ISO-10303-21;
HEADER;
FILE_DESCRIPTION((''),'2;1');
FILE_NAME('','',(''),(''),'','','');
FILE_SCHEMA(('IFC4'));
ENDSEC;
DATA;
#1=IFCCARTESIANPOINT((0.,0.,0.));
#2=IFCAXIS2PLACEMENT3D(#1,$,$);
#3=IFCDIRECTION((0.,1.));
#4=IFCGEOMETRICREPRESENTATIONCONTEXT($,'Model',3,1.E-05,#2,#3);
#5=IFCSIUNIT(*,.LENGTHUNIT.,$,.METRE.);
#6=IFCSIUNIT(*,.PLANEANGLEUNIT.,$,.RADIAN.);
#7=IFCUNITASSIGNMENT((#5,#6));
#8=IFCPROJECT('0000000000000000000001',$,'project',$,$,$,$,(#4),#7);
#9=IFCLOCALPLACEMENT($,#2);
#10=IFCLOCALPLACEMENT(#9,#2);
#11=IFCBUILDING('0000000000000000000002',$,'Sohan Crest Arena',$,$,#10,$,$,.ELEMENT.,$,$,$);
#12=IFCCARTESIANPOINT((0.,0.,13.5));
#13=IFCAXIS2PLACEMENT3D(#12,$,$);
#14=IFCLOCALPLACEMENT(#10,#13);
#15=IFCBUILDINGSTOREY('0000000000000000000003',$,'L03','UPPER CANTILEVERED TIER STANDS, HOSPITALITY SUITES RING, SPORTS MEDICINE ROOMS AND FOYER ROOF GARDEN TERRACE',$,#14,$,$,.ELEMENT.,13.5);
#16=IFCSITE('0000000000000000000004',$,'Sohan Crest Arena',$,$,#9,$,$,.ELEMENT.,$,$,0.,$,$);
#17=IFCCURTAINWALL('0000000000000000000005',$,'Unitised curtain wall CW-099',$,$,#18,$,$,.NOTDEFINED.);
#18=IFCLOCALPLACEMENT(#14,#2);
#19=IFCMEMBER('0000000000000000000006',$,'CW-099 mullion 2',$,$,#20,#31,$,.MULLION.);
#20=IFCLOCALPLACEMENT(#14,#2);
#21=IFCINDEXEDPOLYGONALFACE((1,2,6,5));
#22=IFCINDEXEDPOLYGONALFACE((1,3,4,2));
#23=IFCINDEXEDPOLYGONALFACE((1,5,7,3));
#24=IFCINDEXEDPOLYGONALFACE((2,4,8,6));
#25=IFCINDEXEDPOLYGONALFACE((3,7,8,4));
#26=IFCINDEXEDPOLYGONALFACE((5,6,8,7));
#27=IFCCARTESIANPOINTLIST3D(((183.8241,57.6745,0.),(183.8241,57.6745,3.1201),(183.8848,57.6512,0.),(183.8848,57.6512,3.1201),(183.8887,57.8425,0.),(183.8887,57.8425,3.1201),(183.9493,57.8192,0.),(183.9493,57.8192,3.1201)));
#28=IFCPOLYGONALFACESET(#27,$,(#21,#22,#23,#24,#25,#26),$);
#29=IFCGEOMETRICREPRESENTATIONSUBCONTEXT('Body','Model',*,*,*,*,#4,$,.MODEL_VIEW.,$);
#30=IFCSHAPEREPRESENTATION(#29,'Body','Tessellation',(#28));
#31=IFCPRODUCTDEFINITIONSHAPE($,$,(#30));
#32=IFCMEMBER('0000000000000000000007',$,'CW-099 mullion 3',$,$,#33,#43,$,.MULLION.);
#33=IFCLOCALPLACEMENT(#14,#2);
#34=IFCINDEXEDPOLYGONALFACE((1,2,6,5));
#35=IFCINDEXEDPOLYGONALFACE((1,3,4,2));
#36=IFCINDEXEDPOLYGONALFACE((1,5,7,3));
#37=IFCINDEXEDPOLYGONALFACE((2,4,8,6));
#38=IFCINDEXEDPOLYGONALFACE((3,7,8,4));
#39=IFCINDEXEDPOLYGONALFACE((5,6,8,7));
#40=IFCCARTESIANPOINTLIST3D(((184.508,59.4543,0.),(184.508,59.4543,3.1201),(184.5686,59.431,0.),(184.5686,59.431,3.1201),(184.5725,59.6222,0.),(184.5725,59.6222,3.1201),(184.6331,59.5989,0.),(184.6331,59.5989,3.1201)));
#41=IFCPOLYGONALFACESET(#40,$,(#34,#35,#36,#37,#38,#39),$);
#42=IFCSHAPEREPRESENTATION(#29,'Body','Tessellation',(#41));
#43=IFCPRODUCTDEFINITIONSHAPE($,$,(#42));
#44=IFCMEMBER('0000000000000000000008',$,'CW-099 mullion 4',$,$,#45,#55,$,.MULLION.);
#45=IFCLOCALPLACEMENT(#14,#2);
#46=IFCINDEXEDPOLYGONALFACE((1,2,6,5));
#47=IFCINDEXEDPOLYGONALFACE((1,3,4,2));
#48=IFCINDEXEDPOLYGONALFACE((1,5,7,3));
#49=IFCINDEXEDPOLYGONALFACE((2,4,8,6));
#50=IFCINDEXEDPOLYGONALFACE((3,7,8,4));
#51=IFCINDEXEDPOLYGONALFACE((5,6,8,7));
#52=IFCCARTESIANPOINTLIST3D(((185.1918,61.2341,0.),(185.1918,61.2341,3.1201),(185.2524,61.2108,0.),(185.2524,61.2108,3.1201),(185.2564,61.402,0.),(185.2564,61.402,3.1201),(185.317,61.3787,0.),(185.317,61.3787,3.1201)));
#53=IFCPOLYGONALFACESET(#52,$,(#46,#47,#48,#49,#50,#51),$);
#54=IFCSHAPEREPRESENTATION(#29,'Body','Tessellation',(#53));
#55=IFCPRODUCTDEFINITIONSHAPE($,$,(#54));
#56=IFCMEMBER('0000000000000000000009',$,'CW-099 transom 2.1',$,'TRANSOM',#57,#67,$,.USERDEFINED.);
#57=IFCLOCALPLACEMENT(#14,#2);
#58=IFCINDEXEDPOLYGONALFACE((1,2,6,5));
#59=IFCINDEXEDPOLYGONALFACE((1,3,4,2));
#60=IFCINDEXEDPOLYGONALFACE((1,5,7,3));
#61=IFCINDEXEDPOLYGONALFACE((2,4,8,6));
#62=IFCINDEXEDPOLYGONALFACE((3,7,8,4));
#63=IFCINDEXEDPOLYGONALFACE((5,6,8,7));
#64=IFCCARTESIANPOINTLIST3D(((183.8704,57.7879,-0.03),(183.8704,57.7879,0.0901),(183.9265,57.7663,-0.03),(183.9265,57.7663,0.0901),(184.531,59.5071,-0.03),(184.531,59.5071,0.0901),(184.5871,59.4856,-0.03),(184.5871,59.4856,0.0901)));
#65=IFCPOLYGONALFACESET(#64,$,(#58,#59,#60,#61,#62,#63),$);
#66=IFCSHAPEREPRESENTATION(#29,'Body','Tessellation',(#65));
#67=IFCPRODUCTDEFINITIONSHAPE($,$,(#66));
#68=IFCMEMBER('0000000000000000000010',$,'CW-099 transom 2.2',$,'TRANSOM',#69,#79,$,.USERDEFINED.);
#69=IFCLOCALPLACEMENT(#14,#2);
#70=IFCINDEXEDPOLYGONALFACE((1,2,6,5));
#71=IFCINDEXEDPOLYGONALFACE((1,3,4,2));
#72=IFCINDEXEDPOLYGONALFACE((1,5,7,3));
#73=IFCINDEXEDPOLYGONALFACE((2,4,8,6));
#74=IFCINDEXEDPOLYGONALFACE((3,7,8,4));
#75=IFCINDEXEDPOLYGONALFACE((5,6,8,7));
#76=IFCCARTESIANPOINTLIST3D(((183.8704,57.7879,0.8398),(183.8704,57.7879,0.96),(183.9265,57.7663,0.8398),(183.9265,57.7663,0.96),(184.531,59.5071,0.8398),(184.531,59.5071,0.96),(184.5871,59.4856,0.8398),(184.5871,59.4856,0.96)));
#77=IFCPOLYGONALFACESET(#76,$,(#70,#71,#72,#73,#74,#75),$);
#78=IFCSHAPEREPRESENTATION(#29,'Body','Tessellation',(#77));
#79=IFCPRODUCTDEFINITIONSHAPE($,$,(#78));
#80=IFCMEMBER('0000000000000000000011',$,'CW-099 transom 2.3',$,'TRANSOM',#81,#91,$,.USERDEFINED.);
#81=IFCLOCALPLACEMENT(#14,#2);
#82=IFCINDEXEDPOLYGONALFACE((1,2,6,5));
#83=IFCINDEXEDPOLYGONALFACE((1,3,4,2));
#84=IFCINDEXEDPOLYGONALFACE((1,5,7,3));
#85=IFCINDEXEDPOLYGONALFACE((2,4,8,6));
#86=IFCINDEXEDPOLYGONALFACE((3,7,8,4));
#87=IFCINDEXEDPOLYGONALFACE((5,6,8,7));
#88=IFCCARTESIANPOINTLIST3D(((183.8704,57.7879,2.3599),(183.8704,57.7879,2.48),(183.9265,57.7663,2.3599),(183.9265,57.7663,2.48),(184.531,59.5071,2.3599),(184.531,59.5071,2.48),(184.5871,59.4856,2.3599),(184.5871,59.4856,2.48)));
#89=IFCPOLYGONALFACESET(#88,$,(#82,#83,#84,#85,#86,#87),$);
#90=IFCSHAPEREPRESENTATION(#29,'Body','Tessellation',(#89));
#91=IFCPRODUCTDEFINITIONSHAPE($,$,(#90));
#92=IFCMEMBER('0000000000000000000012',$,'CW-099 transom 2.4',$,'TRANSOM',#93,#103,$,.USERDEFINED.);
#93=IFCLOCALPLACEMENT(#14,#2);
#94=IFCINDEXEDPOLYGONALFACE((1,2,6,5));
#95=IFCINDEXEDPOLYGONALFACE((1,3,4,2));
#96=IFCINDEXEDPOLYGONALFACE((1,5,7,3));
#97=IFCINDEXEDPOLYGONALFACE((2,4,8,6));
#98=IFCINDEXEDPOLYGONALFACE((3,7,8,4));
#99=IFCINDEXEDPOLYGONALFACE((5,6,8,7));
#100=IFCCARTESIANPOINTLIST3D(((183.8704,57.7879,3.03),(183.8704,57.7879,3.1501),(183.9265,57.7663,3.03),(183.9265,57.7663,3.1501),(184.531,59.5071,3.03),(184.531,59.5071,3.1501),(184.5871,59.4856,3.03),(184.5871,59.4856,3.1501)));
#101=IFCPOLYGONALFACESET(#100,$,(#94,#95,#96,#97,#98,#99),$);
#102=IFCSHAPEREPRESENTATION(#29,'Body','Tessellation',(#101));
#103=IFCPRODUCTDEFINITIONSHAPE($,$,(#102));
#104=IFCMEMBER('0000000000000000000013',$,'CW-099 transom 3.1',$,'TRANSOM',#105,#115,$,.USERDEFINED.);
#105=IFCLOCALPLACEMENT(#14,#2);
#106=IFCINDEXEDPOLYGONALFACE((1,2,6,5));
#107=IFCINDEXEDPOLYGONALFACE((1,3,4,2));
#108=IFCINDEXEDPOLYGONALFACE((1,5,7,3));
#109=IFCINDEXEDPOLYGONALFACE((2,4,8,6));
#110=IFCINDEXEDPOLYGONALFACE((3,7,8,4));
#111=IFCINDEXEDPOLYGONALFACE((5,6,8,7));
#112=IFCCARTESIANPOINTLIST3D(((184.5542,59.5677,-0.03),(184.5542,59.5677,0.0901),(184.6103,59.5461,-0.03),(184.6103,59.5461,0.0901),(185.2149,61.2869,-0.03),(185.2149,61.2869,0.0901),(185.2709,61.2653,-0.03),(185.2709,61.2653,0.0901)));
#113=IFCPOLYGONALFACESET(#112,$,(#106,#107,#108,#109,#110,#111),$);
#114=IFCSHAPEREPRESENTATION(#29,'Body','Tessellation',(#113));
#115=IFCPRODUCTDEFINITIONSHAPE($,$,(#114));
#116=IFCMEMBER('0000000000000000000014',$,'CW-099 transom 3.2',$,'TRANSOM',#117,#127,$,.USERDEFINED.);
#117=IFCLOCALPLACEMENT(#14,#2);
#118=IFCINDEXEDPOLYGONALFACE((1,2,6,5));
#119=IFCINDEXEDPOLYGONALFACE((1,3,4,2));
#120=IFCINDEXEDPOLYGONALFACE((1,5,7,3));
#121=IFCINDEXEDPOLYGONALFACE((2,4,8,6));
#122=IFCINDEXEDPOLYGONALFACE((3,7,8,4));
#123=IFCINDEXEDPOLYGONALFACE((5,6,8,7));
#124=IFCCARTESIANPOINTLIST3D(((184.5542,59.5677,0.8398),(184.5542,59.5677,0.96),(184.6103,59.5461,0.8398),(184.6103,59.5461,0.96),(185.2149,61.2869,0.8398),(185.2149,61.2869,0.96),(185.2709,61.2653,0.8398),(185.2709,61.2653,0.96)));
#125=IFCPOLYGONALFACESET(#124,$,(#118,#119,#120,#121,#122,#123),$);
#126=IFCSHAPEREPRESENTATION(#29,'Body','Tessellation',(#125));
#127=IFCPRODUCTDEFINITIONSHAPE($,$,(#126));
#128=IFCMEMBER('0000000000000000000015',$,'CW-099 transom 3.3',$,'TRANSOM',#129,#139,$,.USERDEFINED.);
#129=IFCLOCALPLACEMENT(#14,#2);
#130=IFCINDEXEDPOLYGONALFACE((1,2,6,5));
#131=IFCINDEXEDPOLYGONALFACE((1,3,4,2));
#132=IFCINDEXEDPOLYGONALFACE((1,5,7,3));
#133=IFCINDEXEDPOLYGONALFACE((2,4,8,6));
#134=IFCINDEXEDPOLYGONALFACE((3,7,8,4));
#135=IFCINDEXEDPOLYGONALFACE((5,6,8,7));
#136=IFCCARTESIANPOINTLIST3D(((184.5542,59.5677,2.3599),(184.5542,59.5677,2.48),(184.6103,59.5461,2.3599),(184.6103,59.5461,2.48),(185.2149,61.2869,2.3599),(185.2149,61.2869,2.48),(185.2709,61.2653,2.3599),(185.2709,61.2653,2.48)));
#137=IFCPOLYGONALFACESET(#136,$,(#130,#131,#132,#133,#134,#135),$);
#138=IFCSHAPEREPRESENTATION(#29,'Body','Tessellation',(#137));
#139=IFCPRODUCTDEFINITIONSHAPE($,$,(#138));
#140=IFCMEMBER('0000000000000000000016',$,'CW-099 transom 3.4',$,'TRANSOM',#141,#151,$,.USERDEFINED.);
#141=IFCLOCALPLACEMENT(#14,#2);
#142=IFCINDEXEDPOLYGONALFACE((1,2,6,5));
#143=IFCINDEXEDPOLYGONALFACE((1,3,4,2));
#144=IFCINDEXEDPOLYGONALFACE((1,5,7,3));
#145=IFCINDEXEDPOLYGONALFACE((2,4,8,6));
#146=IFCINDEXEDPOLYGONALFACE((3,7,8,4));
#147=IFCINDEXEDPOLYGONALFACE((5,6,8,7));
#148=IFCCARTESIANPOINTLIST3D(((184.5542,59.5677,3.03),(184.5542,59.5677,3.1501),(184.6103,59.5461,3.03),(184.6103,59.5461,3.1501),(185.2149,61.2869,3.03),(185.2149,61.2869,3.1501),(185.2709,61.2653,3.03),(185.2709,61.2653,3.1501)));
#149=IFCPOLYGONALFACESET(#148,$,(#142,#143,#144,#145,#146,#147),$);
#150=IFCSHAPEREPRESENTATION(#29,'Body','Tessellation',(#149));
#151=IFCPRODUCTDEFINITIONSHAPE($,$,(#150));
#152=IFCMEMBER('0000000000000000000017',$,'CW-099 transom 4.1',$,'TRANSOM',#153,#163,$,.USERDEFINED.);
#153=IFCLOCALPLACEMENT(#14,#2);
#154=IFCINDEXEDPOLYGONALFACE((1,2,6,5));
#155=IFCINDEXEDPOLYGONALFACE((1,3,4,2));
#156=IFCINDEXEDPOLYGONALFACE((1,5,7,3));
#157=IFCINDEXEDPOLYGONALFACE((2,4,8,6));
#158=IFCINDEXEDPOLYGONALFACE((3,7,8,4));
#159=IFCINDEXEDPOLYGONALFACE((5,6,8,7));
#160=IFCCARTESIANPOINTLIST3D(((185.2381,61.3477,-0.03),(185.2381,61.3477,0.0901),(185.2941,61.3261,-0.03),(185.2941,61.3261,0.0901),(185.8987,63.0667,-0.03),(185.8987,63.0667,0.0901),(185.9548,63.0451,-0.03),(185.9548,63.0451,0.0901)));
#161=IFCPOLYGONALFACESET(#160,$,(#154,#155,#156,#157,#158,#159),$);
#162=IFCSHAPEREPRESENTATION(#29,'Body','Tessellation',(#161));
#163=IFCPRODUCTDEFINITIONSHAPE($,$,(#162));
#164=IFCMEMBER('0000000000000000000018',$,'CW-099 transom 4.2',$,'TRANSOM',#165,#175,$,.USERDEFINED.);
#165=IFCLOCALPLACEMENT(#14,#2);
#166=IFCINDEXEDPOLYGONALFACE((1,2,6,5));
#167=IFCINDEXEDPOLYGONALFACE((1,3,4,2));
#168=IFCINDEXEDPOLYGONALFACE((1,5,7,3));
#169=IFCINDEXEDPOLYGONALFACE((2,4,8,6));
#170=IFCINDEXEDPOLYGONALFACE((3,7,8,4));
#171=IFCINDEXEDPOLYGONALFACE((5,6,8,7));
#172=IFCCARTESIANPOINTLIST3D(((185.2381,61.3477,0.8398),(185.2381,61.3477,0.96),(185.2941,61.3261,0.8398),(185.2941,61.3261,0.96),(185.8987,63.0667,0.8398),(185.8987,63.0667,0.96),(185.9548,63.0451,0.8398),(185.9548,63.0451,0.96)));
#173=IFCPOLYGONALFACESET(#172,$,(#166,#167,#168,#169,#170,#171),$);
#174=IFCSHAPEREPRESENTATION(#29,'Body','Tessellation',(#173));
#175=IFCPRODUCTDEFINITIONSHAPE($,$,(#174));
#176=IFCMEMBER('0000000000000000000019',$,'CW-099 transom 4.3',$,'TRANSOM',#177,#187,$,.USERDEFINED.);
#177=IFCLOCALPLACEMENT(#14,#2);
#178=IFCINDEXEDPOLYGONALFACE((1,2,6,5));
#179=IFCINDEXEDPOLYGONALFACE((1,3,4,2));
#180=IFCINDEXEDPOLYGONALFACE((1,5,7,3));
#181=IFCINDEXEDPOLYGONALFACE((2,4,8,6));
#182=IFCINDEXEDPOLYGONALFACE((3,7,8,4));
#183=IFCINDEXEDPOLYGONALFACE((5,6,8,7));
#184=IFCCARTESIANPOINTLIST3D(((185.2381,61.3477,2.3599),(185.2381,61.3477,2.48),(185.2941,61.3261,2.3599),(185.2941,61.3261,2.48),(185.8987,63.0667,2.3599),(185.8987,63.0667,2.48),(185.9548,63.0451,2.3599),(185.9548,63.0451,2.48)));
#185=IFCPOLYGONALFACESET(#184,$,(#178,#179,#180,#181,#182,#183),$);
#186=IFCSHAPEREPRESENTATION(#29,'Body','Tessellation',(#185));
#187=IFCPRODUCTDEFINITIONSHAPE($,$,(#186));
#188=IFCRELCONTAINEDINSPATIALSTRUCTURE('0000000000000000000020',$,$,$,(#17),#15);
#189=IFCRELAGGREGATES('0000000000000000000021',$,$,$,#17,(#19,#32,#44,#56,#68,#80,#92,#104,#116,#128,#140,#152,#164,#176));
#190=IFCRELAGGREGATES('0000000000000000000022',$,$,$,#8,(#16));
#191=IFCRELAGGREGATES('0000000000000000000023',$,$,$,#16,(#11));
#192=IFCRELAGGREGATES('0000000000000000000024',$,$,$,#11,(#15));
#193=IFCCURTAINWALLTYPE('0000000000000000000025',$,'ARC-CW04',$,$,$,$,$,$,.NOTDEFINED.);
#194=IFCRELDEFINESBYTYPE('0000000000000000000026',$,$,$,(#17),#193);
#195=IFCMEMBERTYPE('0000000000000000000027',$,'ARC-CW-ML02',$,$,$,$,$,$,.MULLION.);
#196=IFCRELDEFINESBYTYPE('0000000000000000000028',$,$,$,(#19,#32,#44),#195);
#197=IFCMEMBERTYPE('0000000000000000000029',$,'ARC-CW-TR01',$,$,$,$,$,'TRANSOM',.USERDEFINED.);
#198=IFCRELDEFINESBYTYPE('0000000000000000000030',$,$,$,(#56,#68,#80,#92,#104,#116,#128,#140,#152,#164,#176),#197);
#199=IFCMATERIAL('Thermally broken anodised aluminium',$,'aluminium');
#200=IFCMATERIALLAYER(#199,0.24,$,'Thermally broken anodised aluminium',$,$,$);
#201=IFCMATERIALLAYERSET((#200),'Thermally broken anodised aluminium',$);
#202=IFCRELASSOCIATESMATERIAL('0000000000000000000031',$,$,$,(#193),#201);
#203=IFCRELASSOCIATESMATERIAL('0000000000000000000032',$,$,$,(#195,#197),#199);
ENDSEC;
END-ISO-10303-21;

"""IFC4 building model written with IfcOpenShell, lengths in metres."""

from ifc_helpers import new_model, si_unit, direction, frame, origin, origin_2d, place, context, subcontext, project, spatial, rectangle, extrude, material, layer, layer_set, material_profile, profile_set, type_object, element, aggregate, save


model = new_model("IFC4")

# Units and contexts
model_context = context("Model", 3, precision=1e-05, world=origin(), true_north=direction((0.0, 1.0)))
body_context = subcontext(model_context, "Body", "Model", "MODEL_VIEW")
ifc_project = project(units=[si_unit("LENGTHUNIT", "METRE"), si_unit("PLANEANGLEUNIT", "RADIAN")], contexts=[model_context])

# Site, building, storey
site_placement = place(None, origin())
site = spatial("IfcSite", under=ifc_project, at=site_placement, Name="Sohan Crest Arena", CompositionType="ELEMENT", RefElevation=0.0)
building_placement = place(site_placement, origin())
building = spatial("IfcBuilding", under=site, at=building_placement, Name="Sohan Crest Arena", CompositionType="ELEMENT")
storey_placement = place(building_placement, frame((0.0, 0.0, 13.5)))
storey = spatial("IfcBuildingStorey", under=building, at=storey_placement, Name="L03", Description="UPPER CANTILEVERED TIER STANDS, HOSPITALITY SUITES RING, SPORTS MEDICINE ROOMS AND FOYER ROOF GARDEN TERRACE", CompositionType="ELEMENT", Elevation=13.5)

# Curtain wall, members
ifc_material_1 = material(Name="Thermally broken anodised aluminium", Category="aluminium")
ifc_layer_1 = layer(ifc_material_1, 0.24, Name="Thermally broken anodised aluminium")
ifc_layer_set_1 = layer_set([ifc_layer_1], Name="Thermally broken anodised aluminium")
curtain_wall_type = type_object("IfcCurtainWallType", Name="ARC-CW04", PredefinedType="NOTDEFINED", material=ifc_layer_set_1)
curtain_wall_placement = place(storey_placement, origin())
curtain_wall = element("IfcCurtainWall", 1, at=curtain_wall_placement, inside=storey, type_object=curtain_wall_type, Name="Unitised curtain wall CW-099", PredefinedType="NOTDEFINED")
ifc_material_profile_1 = material_profile(ifc_material_1, rectangle(XDim=0.0649, YDim=0.1799, at=origin_2d()), Name="ALU-MULL 65x180")
ifc_profile_set_1 = profile_set([ifc_material_profile_1], Name="Thermally broken anodised aluminium")
member_type_1 = type_object("IfcMemberType", Name="ARC-CW-ML02", PredefinedType="MULLION", material=ifc_profile_set_1)
member_1_placement = place(storey_placement, frame((183.8867, 57.7468, 0.0), z_axis=(0.0, 0.0, 1.0), x_axis=(-0.933472, 0.358651, 0.0)))
member_1 = element("IfcMember", 2, at=member_1_placement, type_object=member_type_1, Name="CW-099 mullion 2", PredefinedType="MULLION", context=body_context, shape_type="SweptSolid", body=[
    extrude(rectangle(XDim=0.0649, YDim=0.1799, at=origin_2d()), origin(), (0.0, 0.0, 1.0), 3.1201),
])
member_2_placement = place(storey_placement, frame((184.5706, 59.5266, 0.0), z_axis=(0.0, 0.0, 1.0), x_axis=(-0.933472, 0.358651, 0.0)))
member_2 = element("IfcMember", 3, at=member_2_placement, type_object=member_type_1, Name="CW-099 mullion 3", PredefinedType="MULLION", context=body_context, shape_type="SweptSolid", body=[
    extrude(rectangle(XDim=0.0649, YDim=0.1799, at=origin_2d()), origin(), (0.0, 0.0, 1.0), 3.1201),
])
member_3_placement = place(storey_placement, frame((185.2544, 61.3064, 0.0), z_axis=(0.0, 0.0, 1.0), x_axis=(-0.933472, 0.358651, 0.0)))
member_3 = element("IfcMember", 4, at=member_3_placement, type_object=member_type_1, Name="CW-099 mullion 4", PredefinedType="MULLION", context=body_context, shape_type="SweptSolid", body=[
    extrude(rectangle(XDim=0.0649, YDim=0.1799, at=origin_2d()), origin(), (0.0, 0.0, 1.0), 3.1201),
])
ifc_material_profile_2 = material_profile(ifc_material_1, rectangle(XDim=0.0601, YDim=0.1201, at=origin_2d()), Name="ALU-TRAN 60x120")
ifc_profile_set_2 = profile_set([ifc_material_profile_2], Name="Thermally broken anodised aluminium")
member_type_2 = type_object("IfcMemberType", Name="ARC-CW-TR01", ElementType="TRANSOM", PredefinedType="USERDEFINED", material=ifc_profile_set_2)
member_4_placement = place(storey_placement, frame((183.8984, 57.7771, 0.03), z_axis=(0.358695, 0.933455, 0.0), x_axis=(-0.933455, 0.358695, 0.0)))
member_4 = element("IfcMember", 5, at=member_4_placement, type_object=member_type_2, Name="CW-099 transom 2.1", ObjectType="TRANSOM", PredefinedType="USERDEFINED", context=body_context, shape_type="SweptSolid", body=[
    extrude(rectangle(XDim=0.0601, YDim=0.1201, at=origin_2d()), origin(), (0.0, 0.0, 1.0), 1.8418),
])
member_5_placement = place(storey_placement, frame((183.8984, 57.7771, 0.8999), z_axis=(0.358695, 0.933455, 0.0), x_axis=(-0.933455, 0.358695, 0.0)))
member_5 = element("IfcMember", 6, at=member_5_placement, type_object=member_type_2, Name="CW-099 transom 2.2", ObjectType="TRANSOM", PredefinedType="USERDEFINED", context=body_context, shape_type="SweptSolid", body=[
    extrude(rectangle(XDim=0.0601, YDim=0.1201, at=origin_2d()), origin(), (0.0, 0.0, 1.0), 1.8418),
])
member_6_placement = place(storey_placement, frame((183.8984, 57.7771, 2.4199), z_axis=(0.358695, 0.933455, 0.0), x_axis=(-0.933455, 0.358695, 0.0)))
member_6 = element("IfcMember", 7, at=member_6_placement, type_object=member_type_2, Name="CW-099 transom 2.3", ObjectType="TRANSOM", PredefinedType="USERDEFINED", context=body_context, shape_type="SweptSolid", body=[
    extrude(rectangle(XDim=0.0601, YDim=0.1201, at=origin_2d()), origin(), (0.0, 0.0, 1.0), 1.8418),
])
member_7_placement = place(storey_placement, frame((183.8984, 57.7771, 3.0901), z_axis=(0.358695, 0.933455, 0.0), x_axis=(-0.933455, 0.358695, 0.0)))
member_7 = element("IfcMember", 8, at=member_7_placement, type_object=member_type_2, Name="CW-099 transom 2.4", ObjectType="TRANSOM", PredefinedType="USERDEFINED", context=body_context, shape_type="SweptSolid", body=[
    extrude(rectangle(XDim=0.0601, YDim=0.1201, at=origin_2d()), origin(), (0.0, 0.0, 1.0), 1.8418),
])
member_8_placement = place(storey_placement, frame((184.5823, 59.5569, 0.03), z_axis=(0.358695, 0.933455, 0.0), x_axis=(-0.933455, 0.358695, 0.0)))
member_8 = element("IfcMember", 9, at=member_8_placement, type_object=member_type_2, Name="CW-099 transom 3.1", ObjectType="TRANSOM", PredefinedType="USERDEFINED", context=body_context, shape_type="SweptSolid", body=[
    extrude(rectangle(XDim=0.0601, YDim=0.1201, at=origin_2d()), origin(), (0.0, 0.0, 1.0), 1.8418),
])
member_9_placement = place(storey_placement, frame((184.5823, 59.5569, 0.8999), z_axis=(0.358695, 0.933455, 0.0), x_axis=(-0.933455, 0.358695, 0.0)))
member_9 = element("IfcMember", 10, at=member_9_placement, type_object=member_type_2, Name="CW-099 transom 3.2", ObjectType="TRANSOM", PredefinedType="USERDEFINED", context=body_context, shape_type="SweptSolid", body=[
    extrude(rectangle(XDim=0.0601, YDim=0.1201, at=origin_2d()), origin(), (0.0, 0.0, 1.0), 1.8418),
])
member_10_placement = place(storey_placement, frame((184.5823, 59.5569, 2.4199), z_axis=(0.358695, 0.933455, 0.0), x_axis=(-0.933455, 0.358695, 0.0)))
member_10 = element("IfcMember", 11, at=member_10_placement, type_object=member_type_2, Name="CW-099 transom 3.3", ObjectType="TRANSOM", PredefinedType="USERDEFINED", context=body_context, shape_type="SweptSolid", body=[
    extrude(rectangle(XDim=0.0601, YDim=0.1201, at=origin_2d()), origin(), (0.0, 0.0, 1.0), 1.8418),
])
member_11_placement = place(storey_placement, frame((184.5823, 59.5569, 3.0901), z_axis=(0.358695, 0.933455, 0.0), x_axis=(-0.933455, 0.358695, 0.0)))
member_11 = element("IfcMember", 12, at=member_11_placement, type_object=member_type_2, Name="CW-099 transom 3.4", ObjectType="TRANSOM", PredefinedType="USERDEFINED", context=body_context, shape_type="SweptSolid", body=[
    extrude(rectangle(XDim=0.0601, YDim=0.1201, at=origin_2d()), origin(), (0.0, 0.0, 1.0), 1.8418),
])
member_12_placement = place(storey_placement, frame((185.2661, 61.3369, 0.03), z_axis=(0.358739, 0.933438, 0.0), x_axis=(-0.933438, 0.358739, 0.0)))
member_12 = element("IfcMember", 13, at=member_12_placement, type_object=member_type_2, Name="CW-099 transom 4.1", ObjectType="TRANSOM", PredefinedType="USERDEFINED", context=body_context, shape_type="SweptSolid", body=[
    extrude(rectangle(XDim=0.0601, YDim=0.1201, at=origin_2d()), origin(), (0.0, 0.0, 1.0), 1.8416),
])
member_13_placement = place(storey_placement, frame((185.2661, 61.3369, 0.8999), z_axis=(0.358739, 0.933438, 0.0), x_axis=(-0.933438, 0.358739, 0.0)))
member_13 = element("IfcMember", 14, at=member_13_placement, type_object=member_type_2, Name="CW-099 transom 4.2", ObjectType="TRANSOM", PredefinedType="USERDEFINED", context=body_context, shape_type="SweptSolid", body=[
    extrude(rectangle(XDim=0.0601, YDim=0.1201, at=origin_2d()), origin(), (0.0, 0.0, 1.0), 1.8416),
])
member_14_placement = place(storey_placement, frame((185.2661, 61.3369, 2.4199), z_axis=(0.358739, 0.933438, 0.0), x_axis=(-0.933438, 0.358739, 0.0)))
member_14 = element("IfcMember", 15, at=member_14_placement, type_object=member_type_2, Name="CW-099 transom 4.3", ObjectType="TRANSOM", PredefinedType="USERDEFINED", context=body_context, shape_type="SweptSolid", body=[
    extrude(rectangle(XDim=0.0601, YDim=0.1201, at=origin_2d()), origin(), (0.0, 0.0, 1.0), 1.8416),
])
aggregate(curtain_wall, [member_1, member_2, member_3, member_4, member_5, member_6, member_7, member_8, member_9, member_10, member_11, member_12, member_13, member_14])

save(model, "model.ifc")
